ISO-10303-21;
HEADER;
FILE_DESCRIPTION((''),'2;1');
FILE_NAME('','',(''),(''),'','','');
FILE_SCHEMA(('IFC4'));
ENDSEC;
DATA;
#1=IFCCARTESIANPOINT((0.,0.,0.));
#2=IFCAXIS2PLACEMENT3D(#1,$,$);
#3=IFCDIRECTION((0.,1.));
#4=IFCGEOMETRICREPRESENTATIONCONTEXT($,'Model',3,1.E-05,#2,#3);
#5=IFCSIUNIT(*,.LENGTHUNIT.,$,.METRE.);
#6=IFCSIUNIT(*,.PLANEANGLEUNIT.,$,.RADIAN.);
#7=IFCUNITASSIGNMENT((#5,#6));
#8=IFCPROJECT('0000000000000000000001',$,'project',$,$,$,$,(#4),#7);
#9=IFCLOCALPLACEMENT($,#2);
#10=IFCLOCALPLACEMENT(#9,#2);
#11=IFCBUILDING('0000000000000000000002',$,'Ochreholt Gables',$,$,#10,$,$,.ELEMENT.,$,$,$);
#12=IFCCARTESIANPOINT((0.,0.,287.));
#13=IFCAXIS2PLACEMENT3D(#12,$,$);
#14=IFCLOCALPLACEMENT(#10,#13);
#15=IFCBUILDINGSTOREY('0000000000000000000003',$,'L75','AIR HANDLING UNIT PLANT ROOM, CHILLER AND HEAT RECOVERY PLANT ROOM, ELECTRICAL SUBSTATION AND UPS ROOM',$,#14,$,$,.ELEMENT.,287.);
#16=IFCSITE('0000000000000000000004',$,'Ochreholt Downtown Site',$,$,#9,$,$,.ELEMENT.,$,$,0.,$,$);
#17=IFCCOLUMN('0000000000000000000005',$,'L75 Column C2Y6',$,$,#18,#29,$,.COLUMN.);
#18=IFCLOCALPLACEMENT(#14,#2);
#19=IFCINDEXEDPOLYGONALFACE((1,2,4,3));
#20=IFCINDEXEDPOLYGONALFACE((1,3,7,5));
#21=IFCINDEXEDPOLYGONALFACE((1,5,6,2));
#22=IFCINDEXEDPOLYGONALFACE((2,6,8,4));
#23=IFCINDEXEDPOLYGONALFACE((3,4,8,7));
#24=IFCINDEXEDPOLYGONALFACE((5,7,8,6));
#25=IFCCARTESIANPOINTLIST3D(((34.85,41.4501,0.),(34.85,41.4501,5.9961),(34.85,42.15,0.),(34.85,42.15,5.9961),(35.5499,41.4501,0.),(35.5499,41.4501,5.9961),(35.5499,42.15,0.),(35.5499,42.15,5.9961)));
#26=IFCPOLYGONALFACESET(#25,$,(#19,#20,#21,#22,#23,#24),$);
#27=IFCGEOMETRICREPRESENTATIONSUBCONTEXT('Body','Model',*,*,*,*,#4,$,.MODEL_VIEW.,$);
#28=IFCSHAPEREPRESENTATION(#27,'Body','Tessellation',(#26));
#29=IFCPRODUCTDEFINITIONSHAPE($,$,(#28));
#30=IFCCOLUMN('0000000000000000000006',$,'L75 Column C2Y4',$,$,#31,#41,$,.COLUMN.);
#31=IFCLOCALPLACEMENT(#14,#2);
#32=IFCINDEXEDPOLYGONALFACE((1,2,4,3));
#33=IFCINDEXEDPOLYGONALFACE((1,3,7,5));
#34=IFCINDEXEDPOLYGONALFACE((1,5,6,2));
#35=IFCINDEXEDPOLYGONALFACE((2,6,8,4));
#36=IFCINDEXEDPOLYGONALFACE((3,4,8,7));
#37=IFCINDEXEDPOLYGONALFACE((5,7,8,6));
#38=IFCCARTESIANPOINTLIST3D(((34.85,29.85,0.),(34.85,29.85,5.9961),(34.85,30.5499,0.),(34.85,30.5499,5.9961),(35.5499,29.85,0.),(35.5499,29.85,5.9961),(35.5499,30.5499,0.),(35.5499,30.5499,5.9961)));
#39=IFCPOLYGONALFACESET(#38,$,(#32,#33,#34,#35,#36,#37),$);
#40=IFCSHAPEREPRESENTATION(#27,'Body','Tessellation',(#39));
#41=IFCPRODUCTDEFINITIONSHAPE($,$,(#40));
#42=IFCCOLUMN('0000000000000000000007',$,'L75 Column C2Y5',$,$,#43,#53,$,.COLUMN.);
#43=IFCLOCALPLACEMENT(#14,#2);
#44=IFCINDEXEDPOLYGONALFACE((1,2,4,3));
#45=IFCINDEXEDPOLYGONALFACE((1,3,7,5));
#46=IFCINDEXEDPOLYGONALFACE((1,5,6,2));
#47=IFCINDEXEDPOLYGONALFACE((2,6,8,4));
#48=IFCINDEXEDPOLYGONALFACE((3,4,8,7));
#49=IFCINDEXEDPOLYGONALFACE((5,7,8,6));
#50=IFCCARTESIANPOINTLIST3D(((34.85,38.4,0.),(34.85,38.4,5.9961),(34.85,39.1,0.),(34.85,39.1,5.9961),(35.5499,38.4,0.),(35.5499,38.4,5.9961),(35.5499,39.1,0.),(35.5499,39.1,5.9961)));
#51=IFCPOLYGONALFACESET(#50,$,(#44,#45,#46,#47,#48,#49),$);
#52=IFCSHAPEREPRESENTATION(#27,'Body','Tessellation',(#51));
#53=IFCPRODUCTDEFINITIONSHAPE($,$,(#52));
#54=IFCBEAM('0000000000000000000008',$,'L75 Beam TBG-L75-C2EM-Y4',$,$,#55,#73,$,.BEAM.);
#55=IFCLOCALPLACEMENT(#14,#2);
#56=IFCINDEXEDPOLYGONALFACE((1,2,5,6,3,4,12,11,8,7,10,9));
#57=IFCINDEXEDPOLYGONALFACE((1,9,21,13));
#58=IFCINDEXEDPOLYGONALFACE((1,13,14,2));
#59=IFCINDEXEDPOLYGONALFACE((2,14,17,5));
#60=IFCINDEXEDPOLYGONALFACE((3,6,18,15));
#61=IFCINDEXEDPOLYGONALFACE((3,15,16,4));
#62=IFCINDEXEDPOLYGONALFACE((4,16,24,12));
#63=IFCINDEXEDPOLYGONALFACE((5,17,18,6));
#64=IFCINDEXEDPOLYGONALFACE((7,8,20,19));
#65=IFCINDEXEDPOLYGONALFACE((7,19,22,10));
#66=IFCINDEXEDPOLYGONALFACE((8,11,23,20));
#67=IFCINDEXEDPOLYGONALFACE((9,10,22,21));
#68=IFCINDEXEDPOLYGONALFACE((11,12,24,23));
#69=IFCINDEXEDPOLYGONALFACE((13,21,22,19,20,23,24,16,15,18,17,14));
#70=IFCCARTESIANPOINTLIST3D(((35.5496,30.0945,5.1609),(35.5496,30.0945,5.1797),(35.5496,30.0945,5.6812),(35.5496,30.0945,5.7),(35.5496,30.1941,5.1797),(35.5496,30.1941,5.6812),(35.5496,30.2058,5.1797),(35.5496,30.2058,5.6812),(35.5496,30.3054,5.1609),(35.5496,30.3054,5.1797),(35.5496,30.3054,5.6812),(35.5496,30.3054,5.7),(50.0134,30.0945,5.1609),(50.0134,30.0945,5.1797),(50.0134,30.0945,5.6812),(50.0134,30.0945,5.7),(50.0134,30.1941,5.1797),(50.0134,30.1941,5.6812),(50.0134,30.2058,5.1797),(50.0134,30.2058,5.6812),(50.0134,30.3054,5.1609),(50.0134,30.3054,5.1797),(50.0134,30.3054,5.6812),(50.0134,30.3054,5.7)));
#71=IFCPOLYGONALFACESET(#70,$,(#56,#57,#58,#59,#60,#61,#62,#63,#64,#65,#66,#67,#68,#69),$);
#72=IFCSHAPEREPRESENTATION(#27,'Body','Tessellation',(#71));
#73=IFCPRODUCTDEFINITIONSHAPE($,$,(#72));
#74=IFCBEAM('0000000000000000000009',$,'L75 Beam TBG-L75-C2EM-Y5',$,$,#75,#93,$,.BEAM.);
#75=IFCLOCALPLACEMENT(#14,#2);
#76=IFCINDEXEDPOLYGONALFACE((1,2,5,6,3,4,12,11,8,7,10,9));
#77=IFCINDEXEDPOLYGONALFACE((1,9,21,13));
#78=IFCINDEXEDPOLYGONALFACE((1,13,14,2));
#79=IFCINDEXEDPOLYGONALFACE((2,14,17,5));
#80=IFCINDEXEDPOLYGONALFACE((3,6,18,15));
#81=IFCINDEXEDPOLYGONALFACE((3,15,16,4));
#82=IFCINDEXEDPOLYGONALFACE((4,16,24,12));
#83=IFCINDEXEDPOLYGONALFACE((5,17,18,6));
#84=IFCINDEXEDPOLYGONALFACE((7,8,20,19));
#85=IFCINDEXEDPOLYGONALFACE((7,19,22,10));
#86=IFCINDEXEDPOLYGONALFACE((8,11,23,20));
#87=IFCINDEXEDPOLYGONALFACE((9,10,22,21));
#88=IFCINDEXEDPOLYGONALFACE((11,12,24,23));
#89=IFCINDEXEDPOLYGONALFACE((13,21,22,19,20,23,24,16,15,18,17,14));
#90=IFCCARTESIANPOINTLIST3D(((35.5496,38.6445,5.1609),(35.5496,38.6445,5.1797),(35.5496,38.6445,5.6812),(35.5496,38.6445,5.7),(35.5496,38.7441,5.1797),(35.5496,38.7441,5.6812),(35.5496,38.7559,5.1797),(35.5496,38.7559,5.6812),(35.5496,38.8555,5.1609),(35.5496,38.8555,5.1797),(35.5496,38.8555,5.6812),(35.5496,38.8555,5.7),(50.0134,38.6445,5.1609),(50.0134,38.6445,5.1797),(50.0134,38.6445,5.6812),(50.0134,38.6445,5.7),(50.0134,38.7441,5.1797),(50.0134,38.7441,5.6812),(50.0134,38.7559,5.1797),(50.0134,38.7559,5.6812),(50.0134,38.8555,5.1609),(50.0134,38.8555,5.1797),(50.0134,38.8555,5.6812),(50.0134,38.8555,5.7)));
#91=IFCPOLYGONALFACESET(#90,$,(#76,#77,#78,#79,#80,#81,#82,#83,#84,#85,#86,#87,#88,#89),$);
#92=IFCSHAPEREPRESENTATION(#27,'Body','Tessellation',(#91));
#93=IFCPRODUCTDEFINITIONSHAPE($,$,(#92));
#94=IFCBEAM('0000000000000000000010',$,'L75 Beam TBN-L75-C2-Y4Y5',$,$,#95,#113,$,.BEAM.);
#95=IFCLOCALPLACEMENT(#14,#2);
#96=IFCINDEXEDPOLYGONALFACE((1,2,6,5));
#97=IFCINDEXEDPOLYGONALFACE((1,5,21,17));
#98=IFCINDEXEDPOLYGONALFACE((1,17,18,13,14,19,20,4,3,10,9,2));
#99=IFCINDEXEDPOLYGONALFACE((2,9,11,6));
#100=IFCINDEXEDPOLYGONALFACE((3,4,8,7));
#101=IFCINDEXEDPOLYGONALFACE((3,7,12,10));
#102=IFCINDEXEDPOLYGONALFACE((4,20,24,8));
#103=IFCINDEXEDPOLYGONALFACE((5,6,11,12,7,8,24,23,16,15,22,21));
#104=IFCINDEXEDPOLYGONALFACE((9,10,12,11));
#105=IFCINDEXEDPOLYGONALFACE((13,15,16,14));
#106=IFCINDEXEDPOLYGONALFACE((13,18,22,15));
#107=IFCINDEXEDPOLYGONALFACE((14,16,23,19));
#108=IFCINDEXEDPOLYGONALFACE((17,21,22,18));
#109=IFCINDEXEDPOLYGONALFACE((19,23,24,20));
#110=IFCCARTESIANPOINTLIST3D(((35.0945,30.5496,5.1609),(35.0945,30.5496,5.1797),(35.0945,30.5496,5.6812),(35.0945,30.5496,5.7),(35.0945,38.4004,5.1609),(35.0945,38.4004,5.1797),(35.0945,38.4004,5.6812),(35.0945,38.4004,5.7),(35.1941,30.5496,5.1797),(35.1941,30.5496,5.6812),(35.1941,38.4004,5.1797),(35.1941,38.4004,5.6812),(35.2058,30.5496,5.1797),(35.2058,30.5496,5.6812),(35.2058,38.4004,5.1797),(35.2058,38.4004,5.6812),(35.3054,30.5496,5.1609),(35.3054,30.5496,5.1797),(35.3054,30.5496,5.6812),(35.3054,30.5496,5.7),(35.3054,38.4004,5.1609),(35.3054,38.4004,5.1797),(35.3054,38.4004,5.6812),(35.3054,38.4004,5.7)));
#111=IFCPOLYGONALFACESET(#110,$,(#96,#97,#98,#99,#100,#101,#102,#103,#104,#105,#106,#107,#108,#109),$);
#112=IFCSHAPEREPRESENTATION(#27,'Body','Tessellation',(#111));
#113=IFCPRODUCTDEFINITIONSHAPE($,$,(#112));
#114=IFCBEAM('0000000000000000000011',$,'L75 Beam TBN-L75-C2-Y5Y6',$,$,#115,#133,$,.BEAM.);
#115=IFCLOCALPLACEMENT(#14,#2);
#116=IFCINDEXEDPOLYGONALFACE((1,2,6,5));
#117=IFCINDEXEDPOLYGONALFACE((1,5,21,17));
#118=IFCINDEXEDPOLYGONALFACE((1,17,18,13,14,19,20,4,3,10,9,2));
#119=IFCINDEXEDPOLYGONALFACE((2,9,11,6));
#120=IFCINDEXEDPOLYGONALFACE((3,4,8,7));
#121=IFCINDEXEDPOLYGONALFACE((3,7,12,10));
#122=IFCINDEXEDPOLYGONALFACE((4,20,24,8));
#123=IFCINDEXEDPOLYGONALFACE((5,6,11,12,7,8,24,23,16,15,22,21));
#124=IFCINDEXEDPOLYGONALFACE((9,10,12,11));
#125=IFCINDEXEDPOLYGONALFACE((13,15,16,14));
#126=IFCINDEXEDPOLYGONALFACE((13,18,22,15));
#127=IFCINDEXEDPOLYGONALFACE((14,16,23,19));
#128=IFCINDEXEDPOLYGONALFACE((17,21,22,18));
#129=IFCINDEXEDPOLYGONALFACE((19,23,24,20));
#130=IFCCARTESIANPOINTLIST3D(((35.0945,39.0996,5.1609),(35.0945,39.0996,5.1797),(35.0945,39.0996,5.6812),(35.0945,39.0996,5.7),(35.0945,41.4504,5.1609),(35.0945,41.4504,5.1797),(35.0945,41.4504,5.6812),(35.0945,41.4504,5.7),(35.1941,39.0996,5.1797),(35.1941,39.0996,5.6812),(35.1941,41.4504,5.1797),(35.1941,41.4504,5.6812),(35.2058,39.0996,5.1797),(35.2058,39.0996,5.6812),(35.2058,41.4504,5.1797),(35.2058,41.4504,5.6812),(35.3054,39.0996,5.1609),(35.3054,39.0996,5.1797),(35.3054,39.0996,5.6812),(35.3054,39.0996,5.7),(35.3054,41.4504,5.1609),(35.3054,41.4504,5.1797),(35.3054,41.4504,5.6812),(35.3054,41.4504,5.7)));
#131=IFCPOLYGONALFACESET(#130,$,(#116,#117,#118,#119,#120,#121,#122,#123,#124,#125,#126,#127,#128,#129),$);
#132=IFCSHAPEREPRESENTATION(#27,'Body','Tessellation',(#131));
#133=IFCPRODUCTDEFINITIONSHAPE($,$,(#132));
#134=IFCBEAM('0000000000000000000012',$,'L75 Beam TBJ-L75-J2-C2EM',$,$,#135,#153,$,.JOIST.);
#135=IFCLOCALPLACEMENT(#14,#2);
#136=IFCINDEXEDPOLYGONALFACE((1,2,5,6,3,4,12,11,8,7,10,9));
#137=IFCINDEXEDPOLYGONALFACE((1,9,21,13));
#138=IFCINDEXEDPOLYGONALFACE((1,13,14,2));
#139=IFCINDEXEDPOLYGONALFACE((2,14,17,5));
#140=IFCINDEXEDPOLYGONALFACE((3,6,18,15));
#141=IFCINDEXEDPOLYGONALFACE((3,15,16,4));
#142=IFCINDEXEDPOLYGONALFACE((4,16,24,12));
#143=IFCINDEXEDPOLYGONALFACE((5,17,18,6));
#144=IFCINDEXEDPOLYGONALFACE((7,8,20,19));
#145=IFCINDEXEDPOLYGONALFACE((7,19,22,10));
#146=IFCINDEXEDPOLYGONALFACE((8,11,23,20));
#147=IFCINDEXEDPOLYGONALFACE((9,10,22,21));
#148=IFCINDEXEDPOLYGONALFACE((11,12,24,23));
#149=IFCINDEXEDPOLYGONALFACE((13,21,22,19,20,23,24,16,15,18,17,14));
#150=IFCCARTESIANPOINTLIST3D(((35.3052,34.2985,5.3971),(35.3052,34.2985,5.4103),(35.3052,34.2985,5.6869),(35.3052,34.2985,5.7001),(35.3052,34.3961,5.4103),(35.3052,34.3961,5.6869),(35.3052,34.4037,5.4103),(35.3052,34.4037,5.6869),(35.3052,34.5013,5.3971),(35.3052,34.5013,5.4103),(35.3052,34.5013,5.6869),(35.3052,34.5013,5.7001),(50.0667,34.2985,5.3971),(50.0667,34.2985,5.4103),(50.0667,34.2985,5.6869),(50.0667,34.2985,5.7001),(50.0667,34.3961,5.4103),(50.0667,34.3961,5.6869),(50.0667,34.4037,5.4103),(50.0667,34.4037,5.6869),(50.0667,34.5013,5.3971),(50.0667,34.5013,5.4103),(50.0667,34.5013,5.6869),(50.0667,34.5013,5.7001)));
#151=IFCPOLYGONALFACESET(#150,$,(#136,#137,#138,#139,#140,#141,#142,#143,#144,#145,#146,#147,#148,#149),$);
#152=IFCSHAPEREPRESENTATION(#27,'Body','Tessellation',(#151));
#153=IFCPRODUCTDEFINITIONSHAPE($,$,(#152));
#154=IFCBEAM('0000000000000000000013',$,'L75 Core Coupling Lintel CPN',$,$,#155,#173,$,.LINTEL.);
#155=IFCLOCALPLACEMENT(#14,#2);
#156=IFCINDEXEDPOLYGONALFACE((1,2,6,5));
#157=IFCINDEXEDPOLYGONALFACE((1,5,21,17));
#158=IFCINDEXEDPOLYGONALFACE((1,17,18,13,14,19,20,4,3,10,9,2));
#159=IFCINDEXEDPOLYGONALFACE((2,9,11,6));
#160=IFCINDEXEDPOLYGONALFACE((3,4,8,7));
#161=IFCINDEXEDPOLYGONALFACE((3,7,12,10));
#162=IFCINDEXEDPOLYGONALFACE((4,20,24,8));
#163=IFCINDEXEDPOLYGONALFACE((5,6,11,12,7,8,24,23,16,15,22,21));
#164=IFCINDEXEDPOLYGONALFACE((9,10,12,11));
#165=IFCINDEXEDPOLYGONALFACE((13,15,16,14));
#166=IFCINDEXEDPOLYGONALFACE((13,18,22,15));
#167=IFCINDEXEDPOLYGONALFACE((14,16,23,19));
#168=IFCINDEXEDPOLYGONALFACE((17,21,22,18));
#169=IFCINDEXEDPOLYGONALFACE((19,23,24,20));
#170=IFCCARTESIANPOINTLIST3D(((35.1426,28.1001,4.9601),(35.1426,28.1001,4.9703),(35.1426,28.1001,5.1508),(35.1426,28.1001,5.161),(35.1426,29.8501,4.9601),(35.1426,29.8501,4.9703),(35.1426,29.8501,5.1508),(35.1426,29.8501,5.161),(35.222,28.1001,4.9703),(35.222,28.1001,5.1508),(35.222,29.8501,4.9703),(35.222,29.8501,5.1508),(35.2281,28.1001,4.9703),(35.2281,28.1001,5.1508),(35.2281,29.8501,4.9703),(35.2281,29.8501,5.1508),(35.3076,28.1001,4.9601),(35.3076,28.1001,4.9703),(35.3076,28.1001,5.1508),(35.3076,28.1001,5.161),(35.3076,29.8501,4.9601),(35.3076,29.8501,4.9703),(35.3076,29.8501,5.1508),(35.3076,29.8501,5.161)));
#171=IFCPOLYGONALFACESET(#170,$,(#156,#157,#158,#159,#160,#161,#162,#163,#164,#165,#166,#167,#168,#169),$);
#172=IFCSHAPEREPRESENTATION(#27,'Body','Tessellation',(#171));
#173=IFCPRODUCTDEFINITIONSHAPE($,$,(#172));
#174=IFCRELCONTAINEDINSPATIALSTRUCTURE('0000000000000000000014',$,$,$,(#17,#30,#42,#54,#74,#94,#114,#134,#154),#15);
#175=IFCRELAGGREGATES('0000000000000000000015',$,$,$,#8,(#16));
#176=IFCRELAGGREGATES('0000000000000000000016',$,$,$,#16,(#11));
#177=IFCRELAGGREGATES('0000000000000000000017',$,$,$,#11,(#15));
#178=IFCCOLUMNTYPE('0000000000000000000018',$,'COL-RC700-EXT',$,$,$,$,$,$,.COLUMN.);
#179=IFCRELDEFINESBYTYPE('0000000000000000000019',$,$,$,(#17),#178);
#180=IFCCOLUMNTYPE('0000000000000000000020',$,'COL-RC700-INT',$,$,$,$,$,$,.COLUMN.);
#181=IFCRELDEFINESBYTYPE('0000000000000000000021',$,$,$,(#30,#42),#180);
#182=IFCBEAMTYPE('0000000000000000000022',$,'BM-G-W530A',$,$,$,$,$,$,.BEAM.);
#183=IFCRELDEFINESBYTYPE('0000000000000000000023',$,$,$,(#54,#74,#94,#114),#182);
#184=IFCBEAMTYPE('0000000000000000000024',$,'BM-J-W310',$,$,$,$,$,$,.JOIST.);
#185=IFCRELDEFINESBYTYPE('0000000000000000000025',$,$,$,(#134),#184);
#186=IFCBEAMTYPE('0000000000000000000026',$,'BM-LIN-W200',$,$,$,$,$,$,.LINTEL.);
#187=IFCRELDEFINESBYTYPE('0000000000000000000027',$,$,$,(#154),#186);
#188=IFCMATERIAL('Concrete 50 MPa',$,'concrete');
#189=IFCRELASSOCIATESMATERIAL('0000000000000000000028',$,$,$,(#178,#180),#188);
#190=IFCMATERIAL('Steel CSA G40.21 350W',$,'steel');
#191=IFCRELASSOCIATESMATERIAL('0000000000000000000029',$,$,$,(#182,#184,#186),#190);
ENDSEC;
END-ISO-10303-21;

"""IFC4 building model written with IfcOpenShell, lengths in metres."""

from ifc_helpers import new_model, si_unit, direction, frame, origin, origin_2d, place, context, subcontext, project, spatial, rectangle, i_section, extrude, material, material_profile, profile_set, type_object, element, save


model = new_model("IFC4")

# Units and contexts
model_context = context("Model", 3, precision=1e-05, world=origin(), true_north=direction((0.0, 1.0)))
body_context = subcontext(model_context, "Body", "Model", "MODEL_VIEW")
ifc_project = project(units=[si_unit("LENGTHUNIT", "METRE"), si_unit("PLANEANGLEUNIT", "RADIAN")], contexts=[model_context])

# Site, building, storey
site_placement = place(None, origin())
site = spatial("IfcSite", under=ifc_project, at=site_placement, Name="Ochreholt Downtown Site", CompositionType="ELEMENT", RefElevation=0.0)
building_placement = place(site_placement, origin())
building = spatial("IfcBuilding", under=site, at=building_placement, Name="Ochreholt Gables", CompositionType="ELEMENT")
storey_placement = place(building_placement, frame((0.0, 0.0, 287.0)))
storey = spatial("IfcBuildingStorey", under=building, at=storey_placement, Name="L75", Description="AIR HANDLING UNIT PLANT ROOM, CHILLER AND HEAT RECOVERY PLANT ROOM, ELECTRICAL SUBSTATION AND UPS ROOM", CompositionType="ELEMENT", Elevation=287.0)

# Columns
ifc_material_1 = material(Name="Concrete 50 MPa", Category="concrete")
ifc_material_profile_1 = material_profile(ifc_material_1, rectangle(XDim=0.7, YDim=0.7, at=origin_2d()), Name="RC700X700")
ifc_profile_set_1 = profile_set([ifc_material_profile_1], Name="Concrete 50 MPa")
column_type_1 = type_object("IfcColumnType", Name="COL-RC700-EXT", PredefinedType="COLUMN", material=ifc_profile_set_1)
column_placement = place(storey_placement, frame((35.2, 41.8, 0.0), z_axis=(0.0, 0.0, 1.0), x_axis=(1.0, 0.0, 0.0)))
element("IfcColumn", 1, at=column_placement, inside=storey, type_object=column_type_1, Name="L75 Column C2Y6", PredefinedType="COLUMN", context=body_context, shape_type="SweptSolid", body=[
    extrude(rectangle(XDim=0.7, YDim=0.7, at=origin_2d()), origin(), (0.0, 0.0, 1.0), 5.9961),
])
ifc_material_profile_2 = material_profile(ifc_material_1, rectangle(XDim=0.7, YDim=0.7, at=origin_2d()), Name="RC700X700")
ifc_profile_set_2 = profile_set([ifc_material_profile_2], Name="Concrete 50 MPa")
column_type_2 = type_object("IfcColumnType", Name="COL-RC700-INT", PredefinedType="COLUMN", material=ifc_profile_set_2)
for number, where, z_axis, x_axis, name in (
    (2, (35.2, 30.2, 0.0), (0.0, 0.0, 1.0), (1.0, 0.0, 0.0), "L75 Column C2Y4"),
    (3, (35.2, 38.75, 0.0), (0.0, 0.0, 1.0), (1.0, 0.0, 0.0), "L75 Column C2Y5"),
):
    element("IfcColumn", number, at=place(storey_placement, frame(where, z_axis=z_axis, x_axis=x_axis)), inside=storey, type_object=column_type_2, Name=name, PredefinedType="COLUMN", context=body_context, shape_type="SweptSolid", body=[
        extrude(rectangle(XDim=0.7, YDim=0.7, at=origin_2d()), origin(), (0.0, 0.0, 1.0), 5.9961),
    ])

# Beams
ifc_material_2 = material(Name="Steel CSA G40.21 350W", Category="steel")
ifc_material_profile_3 = material_profile(ifc_material_2, i_section(OverallWidth=0.2109, OverallDepth=0.5391, WebThickness=0.0117, FlangeThickness=0.0188, at=origin_2d()), Name="W530X109")
ifc_profile_set_3 = profile_set([ifc_material_profile_3], Name="Steel CSA G40.21 350W")
beam_type_1 = type_object("IfcBeamType", Name="BM-G-W530A", PredefinedType="BEAM", material=ifc_profile_set_3)
for number, where, z_axis, x_axis, name in (
    (4, (35.5496, 30.2, 5.4304), (1.0, 0.0, 0.0), (0.0, 1.0, 0.0), "L75 Beam TBG-L75-C2EM-Y4"),
    (5, (35.5496, 38.75, 5.4304), (1.0, 0.0, 0.0), (0.0, 1.0, 0.0), "L75 Beam TBG-L75-C2EM-Y5"),
):
    element("IfcBeam", number, at=place(storey_placement, frame(where, z_axis=z_axis, x_axis=x_axis)), inside=storey, type_object=beam_type_1, Name=name, PredefinedType="BEAM", context=body_context, shape_type="SweptSolid", body=[
        extrude(i_section(OverallWidth=0.2109, OverallDepth=0.5391, WebThickness=0.0117, FlangeThickness=0.0188, at=origin_2d()), origin(), (0.0, 0.0, 1.0), 14.4639),
    ])
beam_1_placement = place(storey_placement, frame((35.2, 30.5496, 5.4304), z_axis=(0.0, 1.0, 0.0), x_axis=(-1.0, 0.0, 0.0)))
element("IfcBeam", 6, at=beam_1_placement, inside=storey, type_object=beam_type_1, Name="L75 Beam TBN-L75-C2-Y4Y5", PredefinedType="BEAM", context=body_context, shape_type="SweptSolid", body=[
    extrude(i_section(OverallWidth=0.2109, OverallDepth=0.5391, WebThickness=0.0117, FlangeThickness=0.0188, at=origin_2d()), origin(), (0.0, 0.0, 1.0), 7.8508),
])
beam_2_placement = place(storey_placement, frame((35.2, 39.0996, 5.4304), z_axis=(0.0, 1.0, 0.0), x_axis=(-1.0, 0.0, 0.0)))
element("IfcBeam", 7, at=beam_2_placement, inside=storey, type_object=beam_type_1, Name="L75 Beam TBN-L75-C2-Y5Y6", PredefinedType="BEAM", context=body_context, shape_type="SweptSolid", body=[
    extrude(i_section(OverallWidth=0.2109, OverallDepth=0.5391, WebThickness=0.0117, FlangeThickness=0.0188, at=origin_2d()), origin(), (0.0, 0.0, 1.0), 2.3508),
])
ifc_material_profile_4 = material_profile(ifc_material_2, i_section(OverallWidth=0.2029, OverallDepth=0.303, WebThickness=0.0076, FlangeThickness=0.0132, at=origin_2d()), Name="W310X60")
ifc_profile_set_4 = profile_set([ifc_material_profile_4], Name="Steel CSA G40.21 350W")
beam_type_2 = type_object("IfcBeamType", Name="BM-J-W310", PredefinedType="JOIST", material=ifc_profile_set_4)
beam_3_placement = place(storey_placement, frame((35.3052, 34.3999, 5.5486), z_axis=(1.0, 0.0, 0.0), x_axis=(0.0, 1.0, 0.0)))
element("IfcBeam", 8, at=beam_3_placement, inside=storey, type_object=beam_type_2, Name="L75 Beam TBJ-L75-J2-C2EM", PredefinedType="JOIST", context=body_context, shape_type="SweptSolid", body=[
    extrude(i_section(OverallWidth=0.2029, OverallDepth=0.303, WebThickness=0.0076, FlangeThickness=0.0132, at=origin_2d()), origin(), (0.0, 0.0, 1.0), 14.7615),
])
ifc_material_profile_5 = material_profile(ifc_material_2, i_section(OverallWidth=0.165, OverallDepth=0.2009, WebThickness=0.0061, FlangeThickness=0.0103, at=origin_2d()), Name="W200X36")
ifc_profile_set_5 = profile_set([ifc_material_profile_5], Name="Steel CSA G40.21 350W")
beam_type_3 = type_object("IfcBeamType", Name="BM-LIN-W200", PredefinedType="LINTEL", material=ifc_profile_set_5)
beam_4_placement = place(storey_placement, frame((35.2251, 28.1001, 5.0605), z_axis=(0.0, 1.0, 0.0), x_axis=(-1.0, 0.0, 0.0)))
element("IfcBeam", 9, at=beam_4_placement, inside=storey, type_object=beam_type_3, Name="L75 Core Coupling Lintel CPN", PredefinedType="LINTEL", context=body_context, shape_type="SweptSolid", body=[
    extrude(i_section(OverallWidth=0.165, OverallDepth=0.2009, WebThickness=0.0061, FlangeThickness=0.0103, at=origin_2d()), origin(), (0.0, 0.0, 1.0), 1.75),
])

save(model, "model.ifc")
